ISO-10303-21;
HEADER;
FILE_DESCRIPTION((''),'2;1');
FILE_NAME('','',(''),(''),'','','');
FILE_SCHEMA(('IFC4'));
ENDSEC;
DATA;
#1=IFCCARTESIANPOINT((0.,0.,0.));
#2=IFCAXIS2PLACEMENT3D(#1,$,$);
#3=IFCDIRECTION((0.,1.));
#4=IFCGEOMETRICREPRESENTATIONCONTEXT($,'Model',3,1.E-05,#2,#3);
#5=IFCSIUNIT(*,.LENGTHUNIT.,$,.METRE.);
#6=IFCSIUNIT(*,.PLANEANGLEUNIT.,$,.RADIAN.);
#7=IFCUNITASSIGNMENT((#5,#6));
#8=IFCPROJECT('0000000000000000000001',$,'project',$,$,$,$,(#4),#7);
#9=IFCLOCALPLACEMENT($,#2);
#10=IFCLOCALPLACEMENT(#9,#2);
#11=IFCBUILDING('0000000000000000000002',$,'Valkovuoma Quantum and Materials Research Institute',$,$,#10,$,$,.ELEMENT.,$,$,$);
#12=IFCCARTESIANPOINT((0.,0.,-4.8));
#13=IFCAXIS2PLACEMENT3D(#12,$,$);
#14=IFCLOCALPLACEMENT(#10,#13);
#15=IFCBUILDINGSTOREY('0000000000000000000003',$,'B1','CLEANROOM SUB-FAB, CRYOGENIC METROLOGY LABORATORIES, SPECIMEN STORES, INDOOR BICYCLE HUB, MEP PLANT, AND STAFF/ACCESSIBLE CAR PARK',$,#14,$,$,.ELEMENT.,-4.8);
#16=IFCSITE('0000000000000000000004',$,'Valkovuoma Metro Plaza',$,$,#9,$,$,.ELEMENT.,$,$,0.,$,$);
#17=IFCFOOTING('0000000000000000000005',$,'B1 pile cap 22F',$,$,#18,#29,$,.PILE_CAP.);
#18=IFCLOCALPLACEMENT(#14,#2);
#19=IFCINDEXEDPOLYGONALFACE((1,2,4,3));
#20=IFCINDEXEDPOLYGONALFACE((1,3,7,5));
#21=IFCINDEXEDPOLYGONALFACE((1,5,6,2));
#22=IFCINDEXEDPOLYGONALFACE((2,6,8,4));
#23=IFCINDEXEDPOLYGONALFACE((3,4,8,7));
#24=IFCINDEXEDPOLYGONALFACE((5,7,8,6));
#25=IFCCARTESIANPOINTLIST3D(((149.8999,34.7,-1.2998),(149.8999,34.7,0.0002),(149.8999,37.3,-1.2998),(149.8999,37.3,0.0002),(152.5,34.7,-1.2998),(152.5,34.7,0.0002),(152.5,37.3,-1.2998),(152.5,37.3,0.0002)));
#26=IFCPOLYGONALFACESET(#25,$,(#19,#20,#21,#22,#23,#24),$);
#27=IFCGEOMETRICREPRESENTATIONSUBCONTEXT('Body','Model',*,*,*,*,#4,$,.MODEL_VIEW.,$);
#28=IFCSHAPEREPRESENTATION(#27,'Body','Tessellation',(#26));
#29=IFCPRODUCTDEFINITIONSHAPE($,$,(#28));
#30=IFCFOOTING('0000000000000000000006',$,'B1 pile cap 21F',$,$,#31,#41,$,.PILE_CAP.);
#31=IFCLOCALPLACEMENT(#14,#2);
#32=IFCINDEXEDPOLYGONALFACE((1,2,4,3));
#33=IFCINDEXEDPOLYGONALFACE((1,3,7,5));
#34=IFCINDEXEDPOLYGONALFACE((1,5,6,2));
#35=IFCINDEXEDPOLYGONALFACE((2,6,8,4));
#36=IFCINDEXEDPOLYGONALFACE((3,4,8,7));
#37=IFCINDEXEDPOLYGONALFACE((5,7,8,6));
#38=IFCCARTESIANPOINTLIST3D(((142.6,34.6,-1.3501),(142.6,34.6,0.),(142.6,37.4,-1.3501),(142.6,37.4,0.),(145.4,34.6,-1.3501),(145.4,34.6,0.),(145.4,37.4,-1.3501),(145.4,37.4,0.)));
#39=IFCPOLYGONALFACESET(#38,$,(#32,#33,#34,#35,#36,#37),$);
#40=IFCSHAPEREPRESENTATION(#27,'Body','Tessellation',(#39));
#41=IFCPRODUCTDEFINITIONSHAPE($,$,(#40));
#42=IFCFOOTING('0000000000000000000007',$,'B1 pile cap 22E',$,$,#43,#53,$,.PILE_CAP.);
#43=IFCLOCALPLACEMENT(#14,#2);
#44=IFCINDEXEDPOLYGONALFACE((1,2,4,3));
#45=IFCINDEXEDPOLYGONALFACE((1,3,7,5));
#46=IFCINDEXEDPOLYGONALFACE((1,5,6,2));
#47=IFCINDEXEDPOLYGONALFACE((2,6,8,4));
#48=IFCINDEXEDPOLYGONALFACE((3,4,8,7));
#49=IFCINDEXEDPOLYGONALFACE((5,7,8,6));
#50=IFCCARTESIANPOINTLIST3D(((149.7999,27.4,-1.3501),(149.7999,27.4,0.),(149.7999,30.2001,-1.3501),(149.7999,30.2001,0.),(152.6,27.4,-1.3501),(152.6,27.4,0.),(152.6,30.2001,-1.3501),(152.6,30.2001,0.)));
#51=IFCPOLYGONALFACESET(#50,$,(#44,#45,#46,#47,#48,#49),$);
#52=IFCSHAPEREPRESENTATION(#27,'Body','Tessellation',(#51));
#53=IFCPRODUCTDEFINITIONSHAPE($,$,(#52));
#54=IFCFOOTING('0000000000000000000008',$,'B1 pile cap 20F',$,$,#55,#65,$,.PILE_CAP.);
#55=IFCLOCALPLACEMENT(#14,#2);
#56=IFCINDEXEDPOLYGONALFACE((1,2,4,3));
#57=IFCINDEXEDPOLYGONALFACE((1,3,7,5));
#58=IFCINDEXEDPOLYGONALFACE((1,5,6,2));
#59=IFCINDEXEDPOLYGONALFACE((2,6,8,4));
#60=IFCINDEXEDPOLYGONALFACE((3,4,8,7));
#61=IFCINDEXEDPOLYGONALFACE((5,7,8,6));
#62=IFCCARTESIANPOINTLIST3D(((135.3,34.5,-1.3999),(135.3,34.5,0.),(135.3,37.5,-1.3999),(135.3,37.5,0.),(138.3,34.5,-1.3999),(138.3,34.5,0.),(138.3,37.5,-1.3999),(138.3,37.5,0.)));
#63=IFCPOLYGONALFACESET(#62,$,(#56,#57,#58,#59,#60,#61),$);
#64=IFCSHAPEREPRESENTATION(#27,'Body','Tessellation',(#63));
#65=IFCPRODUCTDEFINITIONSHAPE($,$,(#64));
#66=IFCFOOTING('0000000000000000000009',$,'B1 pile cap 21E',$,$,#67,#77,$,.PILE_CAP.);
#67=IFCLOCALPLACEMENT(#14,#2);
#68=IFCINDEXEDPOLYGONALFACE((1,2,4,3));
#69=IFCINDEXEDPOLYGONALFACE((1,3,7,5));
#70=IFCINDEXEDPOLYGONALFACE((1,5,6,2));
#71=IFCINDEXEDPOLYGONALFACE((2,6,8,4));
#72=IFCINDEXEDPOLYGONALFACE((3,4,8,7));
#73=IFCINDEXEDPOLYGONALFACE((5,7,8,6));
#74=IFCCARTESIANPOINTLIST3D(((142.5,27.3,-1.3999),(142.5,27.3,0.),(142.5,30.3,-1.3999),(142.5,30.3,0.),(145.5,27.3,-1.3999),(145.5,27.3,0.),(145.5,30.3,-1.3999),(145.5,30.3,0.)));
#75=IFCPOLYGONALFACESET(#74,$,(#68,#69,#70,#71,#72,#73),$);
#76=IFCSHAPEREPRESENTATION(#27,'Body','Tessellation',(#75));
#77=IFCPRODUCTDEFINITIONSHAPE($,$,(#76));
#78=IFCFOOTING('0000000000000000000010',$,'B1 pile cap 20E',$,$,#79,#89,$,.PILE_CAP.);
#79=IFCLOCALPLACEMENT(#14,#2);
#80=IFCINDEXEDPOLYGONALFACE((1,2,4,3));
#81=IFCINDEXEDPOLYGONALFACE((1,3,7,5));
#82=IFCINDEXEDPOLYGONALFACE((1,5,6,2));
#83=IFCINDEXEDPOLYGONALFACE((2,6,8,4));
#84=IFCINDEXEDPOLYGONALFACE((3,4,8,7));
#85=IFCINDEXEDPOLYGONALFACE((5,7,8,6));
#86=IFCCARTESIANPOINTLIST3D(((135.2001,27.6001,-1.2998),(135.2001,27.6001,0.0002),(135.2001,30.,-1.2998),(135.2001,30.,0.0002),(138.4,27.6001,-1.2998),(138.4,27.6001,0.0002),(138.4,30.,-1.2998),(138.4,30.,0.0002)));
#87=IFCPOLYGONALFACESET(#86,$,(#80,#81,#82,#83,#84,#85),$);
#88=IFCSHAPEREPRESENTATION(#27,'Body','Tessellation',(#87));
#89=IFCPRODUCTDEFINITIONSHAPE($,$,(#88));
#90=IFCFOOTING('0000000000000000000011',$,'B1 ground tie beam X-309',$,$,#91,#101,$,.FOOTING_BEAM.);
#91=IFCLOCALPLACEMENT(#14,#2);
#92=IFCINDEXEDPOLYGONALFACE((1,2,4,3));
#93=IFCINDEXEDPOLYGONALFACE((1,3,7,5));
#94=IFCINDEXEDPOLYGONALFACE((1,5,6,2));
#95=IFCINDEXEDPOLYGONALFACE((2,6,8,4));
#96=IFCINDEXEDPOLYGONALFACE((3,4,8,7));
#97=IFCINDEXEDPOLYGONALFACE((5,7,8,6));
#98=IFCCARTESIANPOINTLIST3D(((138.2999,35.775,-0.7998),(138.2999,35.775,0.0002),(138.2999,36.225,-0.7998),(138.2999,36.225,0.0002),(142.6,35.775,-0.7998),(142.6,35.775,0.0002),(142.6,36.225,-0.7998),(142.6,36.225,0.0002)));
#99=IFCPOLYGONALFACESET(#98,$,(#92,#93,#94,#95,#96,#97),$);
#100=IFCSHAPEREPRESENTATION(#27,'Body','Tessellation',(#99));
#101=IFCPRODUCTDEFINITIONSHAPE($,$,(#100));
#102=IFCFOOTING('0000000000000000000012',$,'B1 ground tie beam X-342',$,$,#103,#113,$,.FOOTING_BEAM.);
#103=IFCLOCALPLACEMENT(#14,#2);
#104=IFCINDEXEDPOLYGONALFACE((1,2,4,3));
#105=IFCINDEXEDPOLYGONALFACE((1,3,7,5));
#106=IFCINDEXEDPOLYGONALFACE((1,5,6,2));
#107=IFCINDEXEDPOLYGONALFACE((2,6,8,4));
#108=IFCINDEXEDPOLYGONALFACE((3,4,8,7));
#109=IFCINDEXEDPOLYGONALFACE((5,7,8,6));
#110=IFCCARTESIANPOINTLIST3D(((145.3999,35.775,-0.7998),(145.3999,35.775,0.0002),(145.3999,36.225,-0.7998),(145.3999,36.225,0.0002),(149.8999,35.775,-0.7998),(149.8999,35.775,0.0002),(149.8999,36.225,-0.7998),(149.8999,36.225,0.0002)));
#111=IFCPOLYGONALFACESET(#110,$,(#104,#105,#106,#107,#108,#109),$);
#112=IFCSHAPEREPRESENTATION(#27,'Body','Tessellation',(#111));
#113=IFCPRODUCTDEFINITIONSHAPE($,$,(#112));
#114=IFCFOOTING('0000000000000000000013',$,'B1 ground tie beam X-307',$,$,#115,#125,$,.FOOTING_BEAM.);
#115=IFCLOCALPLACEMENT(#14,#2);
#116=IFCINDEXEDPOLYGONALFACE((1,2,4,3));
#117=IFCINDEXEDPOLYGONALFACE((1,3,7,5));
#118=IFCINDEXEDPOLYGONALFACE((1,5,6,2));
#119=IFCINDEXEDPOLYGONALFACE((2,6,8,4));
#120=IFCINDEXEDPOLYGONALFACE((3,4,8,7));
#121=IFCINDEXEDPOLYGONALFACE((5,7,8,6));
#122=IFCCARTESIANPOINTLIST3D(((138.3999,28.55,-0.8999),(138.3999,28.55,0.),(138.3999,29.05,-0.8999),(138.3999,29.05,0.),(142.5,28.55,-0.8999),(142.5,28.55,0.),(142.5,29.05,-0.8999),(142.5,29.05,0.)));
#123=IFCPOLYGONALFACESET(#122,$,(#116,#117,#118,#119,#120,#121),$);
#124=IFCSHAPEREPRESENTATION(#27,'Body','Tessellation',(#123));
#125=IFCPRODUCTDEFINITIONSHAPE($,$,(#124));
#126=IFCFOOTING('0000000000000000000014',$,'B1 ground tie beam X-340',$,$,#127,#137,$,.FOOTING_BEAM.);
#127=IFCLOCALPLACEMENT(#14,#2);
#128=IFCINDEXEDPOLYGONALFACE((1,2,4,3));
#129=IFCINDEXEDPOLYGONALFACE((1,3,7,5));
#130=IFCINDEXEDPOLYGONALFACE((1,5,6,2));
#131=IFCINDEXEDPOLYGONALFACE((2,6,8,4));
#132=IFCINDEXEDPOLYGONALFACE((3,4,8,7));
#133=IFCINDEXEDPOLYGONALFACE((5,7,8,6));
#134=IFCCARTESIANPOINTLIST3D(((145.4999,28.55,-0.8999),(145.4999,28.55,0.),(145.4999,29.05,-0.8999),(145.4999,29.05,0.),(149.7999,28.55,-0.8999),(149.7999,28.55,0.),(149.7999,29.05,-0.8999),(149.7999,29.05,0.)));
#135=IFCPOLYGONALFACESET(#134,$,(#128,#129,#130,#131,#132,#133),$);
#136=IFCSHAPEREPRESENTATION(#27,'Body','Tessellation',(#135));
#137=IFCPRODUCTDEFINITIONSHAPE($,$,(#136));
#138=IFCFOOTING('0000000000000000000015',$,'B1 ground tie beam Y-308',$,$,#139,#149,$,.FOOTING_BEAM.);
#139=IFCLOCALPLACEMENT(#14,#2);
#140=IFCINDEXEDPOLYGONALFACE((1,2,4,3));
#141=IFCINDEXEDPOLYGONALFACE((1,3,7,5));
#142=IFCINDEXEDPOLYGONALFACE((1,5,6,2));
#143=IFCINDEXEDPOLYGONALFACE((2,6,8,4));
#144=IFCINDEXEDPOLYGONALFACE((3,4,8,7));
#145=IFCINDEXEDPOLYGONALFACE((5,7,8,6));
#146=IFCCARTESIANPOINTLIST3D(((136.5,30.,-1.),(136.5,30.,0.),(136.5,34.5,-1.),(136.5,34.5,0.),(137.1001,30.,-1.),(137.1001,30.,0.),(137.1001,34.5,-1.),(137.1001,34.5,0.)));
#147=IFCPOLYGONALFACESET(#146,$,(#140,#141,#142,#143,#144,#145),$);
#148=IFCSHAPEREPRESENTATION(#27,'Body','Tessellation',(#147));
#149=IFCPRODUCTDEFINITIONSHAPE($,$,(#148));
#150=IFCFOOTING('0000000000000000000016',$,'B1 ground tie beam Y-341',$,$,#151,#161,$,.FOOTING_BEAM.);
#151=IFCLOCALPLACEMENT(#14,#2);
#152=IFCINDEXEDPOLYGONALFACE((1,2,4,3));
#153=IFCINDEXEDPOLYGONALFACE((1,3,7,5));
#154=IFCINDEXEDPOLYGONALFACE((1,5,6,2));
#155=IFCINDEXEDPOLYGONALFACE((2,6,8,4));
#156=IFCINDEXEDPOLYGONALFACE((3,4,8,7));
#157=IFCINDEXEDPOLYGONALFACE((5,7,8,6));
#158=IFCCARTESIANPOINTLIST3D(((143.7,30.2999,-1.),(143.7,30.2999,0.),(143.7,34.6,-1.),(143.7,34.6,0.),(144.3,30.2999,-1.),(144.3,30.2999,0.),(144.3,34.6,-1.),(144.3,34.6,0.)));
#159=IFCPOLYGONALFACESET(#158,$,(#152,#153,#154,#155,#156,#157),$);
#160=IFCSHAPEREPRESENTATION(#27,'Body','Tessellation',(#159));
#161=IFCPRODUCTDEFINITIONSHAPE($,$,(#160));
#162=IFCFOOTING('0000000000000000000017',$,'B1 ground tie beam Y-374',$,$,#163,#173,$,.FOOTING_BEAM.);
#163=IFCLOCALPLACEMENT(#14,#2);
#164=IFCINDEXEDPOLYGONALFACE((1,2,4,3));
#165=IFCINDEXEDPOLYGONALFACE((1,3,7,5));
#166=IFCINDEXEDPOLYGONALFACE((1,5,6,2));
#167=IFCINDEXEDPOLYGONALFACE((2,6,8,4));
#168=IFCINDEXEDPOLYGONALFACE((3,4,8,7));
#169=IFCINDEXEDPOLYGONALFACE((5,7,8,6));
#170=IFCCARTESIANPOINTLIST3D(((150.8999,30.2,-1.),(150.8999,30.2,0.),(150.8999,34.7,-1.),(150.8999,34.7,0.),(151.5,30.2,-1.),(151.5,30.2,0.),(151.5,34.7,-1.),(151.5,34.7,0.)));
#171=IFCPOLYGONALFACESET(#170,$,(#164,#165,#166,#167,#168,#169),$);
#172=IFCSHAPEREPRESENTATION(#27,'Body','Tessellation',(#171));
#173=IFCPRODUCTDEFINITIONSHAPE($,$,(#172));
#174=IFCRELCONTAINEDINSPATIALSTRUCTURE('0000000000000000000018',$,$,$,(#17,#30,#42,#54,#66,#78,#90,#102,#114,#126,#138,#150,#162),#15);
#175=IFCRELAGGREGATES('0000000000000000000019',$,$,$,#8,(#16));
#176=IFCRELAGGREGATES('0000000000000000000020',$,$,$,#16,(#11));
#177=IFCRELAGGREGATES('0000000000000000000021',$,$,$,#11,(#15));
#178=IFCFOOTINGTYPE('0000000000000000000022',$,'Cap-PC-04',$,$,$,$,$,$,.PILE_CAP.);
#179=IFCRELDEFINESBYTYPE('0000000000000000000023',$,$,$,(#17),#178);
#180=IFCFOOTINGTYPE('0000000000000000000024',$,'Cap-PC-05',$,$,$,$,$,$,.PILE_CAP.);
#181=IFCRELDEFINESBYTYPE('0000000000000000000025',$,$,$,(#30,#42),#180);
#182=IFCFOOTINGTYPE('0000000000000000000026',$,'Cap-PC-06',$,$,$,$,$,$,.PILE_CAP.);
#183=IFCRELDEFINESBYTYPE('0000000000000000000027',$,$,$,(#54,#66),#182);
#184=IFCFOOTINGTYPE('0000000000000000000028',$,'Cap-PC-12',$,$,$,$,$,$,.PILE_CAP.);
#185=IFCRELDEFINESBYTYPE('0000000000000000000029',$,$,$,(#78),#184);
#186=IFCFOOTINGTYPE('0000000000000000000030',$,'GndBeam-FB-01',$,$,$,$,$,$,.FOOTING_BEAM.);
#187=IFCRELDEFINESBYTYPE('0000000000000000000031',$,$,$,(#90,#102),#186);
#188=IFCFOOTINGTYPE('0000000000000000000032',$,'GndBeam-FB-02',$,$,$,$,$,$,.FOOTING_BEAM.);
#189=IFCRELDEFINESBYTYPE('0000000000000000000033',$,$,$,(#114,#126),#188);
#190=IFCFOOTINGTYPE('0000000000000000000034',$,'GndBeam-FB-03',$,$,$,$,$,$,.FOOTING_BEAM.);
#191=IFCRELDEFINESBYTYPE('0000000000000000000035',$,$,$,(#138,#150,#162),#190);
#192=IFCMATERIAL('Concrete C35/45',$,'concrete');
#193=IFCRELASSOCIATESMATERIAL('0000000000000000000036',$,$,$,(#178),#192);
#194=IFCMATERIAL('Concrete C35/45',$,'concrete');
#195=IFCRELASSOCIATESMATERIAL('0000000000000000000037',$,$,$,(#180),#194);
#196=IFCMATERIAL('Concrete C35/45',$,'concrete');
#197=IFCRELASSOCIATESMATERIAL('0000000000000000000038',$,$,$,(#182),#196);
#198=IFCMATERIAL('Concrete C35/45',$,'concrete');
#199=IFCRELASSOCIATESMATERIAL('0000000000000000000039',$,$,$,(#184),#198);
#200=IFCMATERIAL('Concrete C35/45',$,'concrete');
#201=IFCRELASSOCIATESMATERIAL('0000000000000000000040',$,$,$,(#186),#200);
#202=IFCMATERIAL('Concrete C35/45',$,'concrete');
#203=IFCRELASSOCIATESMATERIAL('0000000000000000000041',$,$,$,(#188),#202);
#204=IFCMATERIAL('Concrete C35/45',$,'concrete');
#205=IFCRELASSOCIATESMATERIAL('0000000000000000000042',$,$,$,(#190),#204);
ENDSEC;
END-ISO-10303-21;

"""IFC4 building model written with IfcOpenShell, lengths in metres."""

from ifc_helpers import new_model, si_unit, direction, frame, origin, origin_2d, place, context, subcontext, project, spatial, rectangle, extrude, material, type_object, element, save


model = new_model("IFC4")

# Units and contexts
model_context = context("Model", 3, precision=1e-05, world=origin(), true_north=direction((0.0, 1.0)))
body_context = subcontext(model_context, "Body", "Model", "MODEL_VIEW")
ifc_project = project(units=[si_unit("LENGTHUNIT", "METRE"), si_unit("PLANEANGLEUNIT", "RADIAN")], contexts=[model_context])

# Site, building, storey
site_placement = place(None, origin())
site = spatial("IfcSite", under=ifc_project, at=site_placement, Name="Valkovuoma Metro Plaza", CompositionType="ELEMENT", RefElevation=0.0)
building_placement = place(site_placement, origin())
building = spatial("IfcBuilding", under=site, at=building_placement, Name="Valkovuoma Quantum and Materials Research Institute", CompositionType="ELEMENT")
storey_placement = place(building_placement, frame((0.0, 0.0, -4.8)))
storey = spatial("IfcBuildingStorey", under=building, at=storey_placement, Name="B1", Description="CLEANROOM SUB-FAB, CRYOGENIC METROLOGY LABORATORIES, SPECIMEN STORES, INDOOR BICYCLE HUB, MEP PLANT, AND STAFF/ACCESSIBLE CAR PARK", CompositionType="ELEMENT", Elevation=-4.8)

# Footings
ifc_material_1 = material(Name="Concrete C35/45", Category="concrete")
footing_type_1 = type_object("IfcFootingType", Name="Cap-PC-04", PredefinedType="PILE_CAP", material=ifc_material_1)
footing_1_placement = place(storey_placement, frame((151.2, 36.0, -1.2998), z_axis=(0.0, 0.0, 1.0), x_axis=(1.0, 0.0, 0.0)))
element("IfcFooting", 1, at=footing_1_placement, inside=storey, type_object=footing_type_1, Name="B1 pile cap 22F", PredefinedType="PILE_CAP", context=body_context, shape_type="SweptSolid", body=[
    extrude(rectangle(XDim=2.6001, YDim=2.6001, at=origin_2d()), origin(), (0.0, 0.0, 1.0), 1.3),
])
ifc_material_2 = material(Name="Concrete C35/45", Category="concrete")
footing_type_2 = type_object("IfcFootingType", Name="Cap-PC-05", PredefinedType="PILE_CAP", material=ifc_material_2)
for number, where, z_axis, x_axis, name in (
    (2, (144.0, 36.0, -1.3501), (0.0, 0.0, 1.0), (1.0, 0.0, 0.0), "B1 pile cap 21F"),
    (3, (151.2, 28.8, -1.3501), (0.0, 0.0, 1.0), (1.0, 0.0, 0.0), "B1 pile cap 22E"),
):
    element("IfcFooting", number, at=place(storey_placement, frame(where, z_axis=z_axis, x_axis=x_axis)), inside=storey, type_object=footing_type_2, Name=name, PredefinedType="PILE_CAP", context=body_context, shape_type="SweptSolid", body=[
        extrude(rectangle(XDim=2.8, YDim=2.8, at=origin_2d()), origin(), (0.0, 0.0, 1.0), 1.3501),
    ])
ifc_material_3 = material(Name="Concrete C35/45", Category="concrete")
footing_type_3 = type_object("IfcFootingType", Name="Cap-PC-06", PredefinedType="PILE_CAP", material=ifc_material_3)
for number, where, z_axis, x_axis, name in (
    (4, (136.8, 36.0, -1.3999), (0.0, 0.0, 1.0), (1.0, 0.0, 0.0), "B1 pile cap 20F"),
    (5, (144.0, 28.8, -1.3999), (0.0, 0.0, 1.0), (1.0, 0.0, 0.0), "B1 pile cap 21E"),
):
    element("IfcFooting", number, at=place(storey_placement, frame(where, z_axis=z_axis, x_axis=x_axis)), inside=storey, type_object=footing_type_3, Name=name, PredefinedType="PILE_CAP", context=body_context, shape_type="SweptSolid", body=[
        extrude(rectangle(XDim=3.0, YDim=3.0, at=origin_2d()), origin(), (0.0, 0.0, 1.0), 1.3999),
    ])
ifc_material_4 = material(Name="Concrete C35/45", Category="concrete")
footing_type_4 = type_object("IfcFootingType", Name="Cap-PC-12", PredefinedType="PILE_CAP", material=ifc_material_4)
footing_2_placement = place(storey_placement, frame((136.8, 28.8, -1.2998), z_axis=(0.0, 0.0, 1.0), x_axis=(1.0, 0.0, 0.0)))
element("IfcFooting", 6, at=footing_2_placement, inside=storey, type_object=footing_type_4, Name="B1 pile cap 20E", PredefinedType="PILE_CAP", context=body_context, shape_type="SweptSolid", body=[
    extrude(rectangle(XDim=3.2, YDim=2.3999, at=origin_2d()), origin(), (0.0, 0.0, 1.0), 1.3),
])
ifc_material_5 = material(Name="Concrete C35/45", Category="concrete")
footing_type_5 = type_object("IfcFootingType", Name="GndBeam-FB-01", PredefinedType="FOOTING_BEAM", material=ifc_material_5)
footing_3_placement = place(storey_placement, frame((140.45, 36.0, -0.7998), z_axis=(0.0, 0.0, 1.0), x_axis=(1.0, 0.0, 0.0)))
element("IfcFooting", 7, at=footing_3_placement, inside=storey, type_object=footing_type_5, Name="B1 ground tie beam X-309", PredefinedType="FOOTING_BEAM", context=body_context, shape_type="SweptSolid", body=[
    extrude(rectangle(XDim=4.3, YDim=0.45, at=origin_2d()), origin(), (0.0, 0.0, 1.0), 0.8),
])
footing_4_placement = place(storey_placement, frame((147.6499, 36.0, -0.7998), z_axis=(0.0, 0.0, 1.0), x_axis=(1.0, 0.0, 0.0)))
element("IfcFooting", 8, at=footing_4_placement, inside=storey, type_object=footing_type_5, Name="B1 ground tie beam X-342", PredefinedType="FOOTING_BEAM", context=body_context, shape_type="SweptSolid", body=[
    extrude(rectangle(XDim=4.5, YDim=0.45, at=origin_2d()), origin(), (0.0, 0.0, 1.0), 0.8),
])
ifc_material_6 = material(Name="Concrete C35/45", Category="concrete")
footing_type_6 = type_object("IfcFootingType", Name="GndBeam-FB-02", PredefinedType="FOOTING_BEAM", material=ifc_material_6)
footing_5_placement = place(storey_placement, frame((140.45, 28.8, -0.8999), z_axis=(0.0, 0.0, 1.0), x_axis=(1.0, 0.0, 0.0)))
element("IfcFooting", 9, at=footing_5_placement, inside=storey, type_object=footing_type_6, Name="B1 ground tie beam X-307", PredefinedType="FOOTING_BEAM", context=body_context, shape_type="SweptSolid", body=[
    extrude(rectangle(XDim=4.1001, YDim=0.5, at=origin_2d()), origin(), (0.0, 0.0, 1.0), 0.8999),
])
footing_6_placement = place(storey_placement, frame((147.6499, 28.8, -0.8999), z_axis=(0.0, 0.0, 1.0), x_axis=(1.0, 0.0, 0.0)))
element("IfcFooting", 10, at=footing_6_placement, inside=storey, type_object=footing_type_6, Name="B1 ground tie beam X-340", PredefinedType="FOOTING_BEAM", context=body_context, shape_type="SweptSolid", body=[
    extrude(rectangle(XDim=4.3, YDim=0.5, at=origin_2d()), origin(), (0.0, 0.0, 1.0), 0.8999),
])
ifc_material_7 = material(Name="Concrete C35/45", Category="concrete")
footing_type_7 = type_object("IfcFootingType", Name="GndBeam-FB-03", PredefinedType="FOOTING_BEAM", material=ifc_material_7)
footing_7_placement = place(storey_placement, frame((136.8, 32.25, -1.0), z_axis=(0.0, 0.0, 1.0), x_axis=(0.0, 1.0, 0.0)))
element("IfcFooting", 11, at=footing_7_placement, inside=storey, type_object=footing_type_7, Name="B1 ground tie beam Y-308", PredefinedType="FOOTING_BEAM", context=body_context, shape_type="SweptSolid", body=[
    extrude(rectangle(XDim=4.5, YDim=0.6001, at=origin_2d()), origin(), (0.0, 0.0, 1.0), 1.0),
])
footing_8_placement = place(storey_placement, frame((144.0, 32.45, -1.0), z_axis=(0.0, 0.0, 1.0), x_axis=(0.0, 1.0, 0.0)))
element("IfcFooting", 12, at=footing_8_placement, inside=storey, type_object=footing_type_7, Name="B1 ground tie beam Y-341", PredefinedType="FOOTING_BEAM", context=body_context, shape_type="SweptSolid", body=[
    extrude(rectangle(XDim=4.3, YDim=0.6001, at=origin_2d()), origin(), (0.0, 0.0, 1.0), 1.0),
])
footing_9_placement = place(storey_placement, frame((151.2, 32.45, -1.0), z_axis=(0.0, 0.0, 1.0), x_axis=(0.0, 1.0, 0.0)))
element("IfcFooting", 13, at=footing_9_placement, inside=storey, type_object=footing_type_7, Name="B1 ground tie beam Y-374", PredefinedType="FOOTING_BEAM", context=body_context, shape_type="SweptSolid", body=[
    extrude(rectangle(XDim=4.5, YDim=0.6001, at=origin_2d()), origin(), (0.0, 0.0, 1.0), 1.0),
])

save(model, "model.ifc")
